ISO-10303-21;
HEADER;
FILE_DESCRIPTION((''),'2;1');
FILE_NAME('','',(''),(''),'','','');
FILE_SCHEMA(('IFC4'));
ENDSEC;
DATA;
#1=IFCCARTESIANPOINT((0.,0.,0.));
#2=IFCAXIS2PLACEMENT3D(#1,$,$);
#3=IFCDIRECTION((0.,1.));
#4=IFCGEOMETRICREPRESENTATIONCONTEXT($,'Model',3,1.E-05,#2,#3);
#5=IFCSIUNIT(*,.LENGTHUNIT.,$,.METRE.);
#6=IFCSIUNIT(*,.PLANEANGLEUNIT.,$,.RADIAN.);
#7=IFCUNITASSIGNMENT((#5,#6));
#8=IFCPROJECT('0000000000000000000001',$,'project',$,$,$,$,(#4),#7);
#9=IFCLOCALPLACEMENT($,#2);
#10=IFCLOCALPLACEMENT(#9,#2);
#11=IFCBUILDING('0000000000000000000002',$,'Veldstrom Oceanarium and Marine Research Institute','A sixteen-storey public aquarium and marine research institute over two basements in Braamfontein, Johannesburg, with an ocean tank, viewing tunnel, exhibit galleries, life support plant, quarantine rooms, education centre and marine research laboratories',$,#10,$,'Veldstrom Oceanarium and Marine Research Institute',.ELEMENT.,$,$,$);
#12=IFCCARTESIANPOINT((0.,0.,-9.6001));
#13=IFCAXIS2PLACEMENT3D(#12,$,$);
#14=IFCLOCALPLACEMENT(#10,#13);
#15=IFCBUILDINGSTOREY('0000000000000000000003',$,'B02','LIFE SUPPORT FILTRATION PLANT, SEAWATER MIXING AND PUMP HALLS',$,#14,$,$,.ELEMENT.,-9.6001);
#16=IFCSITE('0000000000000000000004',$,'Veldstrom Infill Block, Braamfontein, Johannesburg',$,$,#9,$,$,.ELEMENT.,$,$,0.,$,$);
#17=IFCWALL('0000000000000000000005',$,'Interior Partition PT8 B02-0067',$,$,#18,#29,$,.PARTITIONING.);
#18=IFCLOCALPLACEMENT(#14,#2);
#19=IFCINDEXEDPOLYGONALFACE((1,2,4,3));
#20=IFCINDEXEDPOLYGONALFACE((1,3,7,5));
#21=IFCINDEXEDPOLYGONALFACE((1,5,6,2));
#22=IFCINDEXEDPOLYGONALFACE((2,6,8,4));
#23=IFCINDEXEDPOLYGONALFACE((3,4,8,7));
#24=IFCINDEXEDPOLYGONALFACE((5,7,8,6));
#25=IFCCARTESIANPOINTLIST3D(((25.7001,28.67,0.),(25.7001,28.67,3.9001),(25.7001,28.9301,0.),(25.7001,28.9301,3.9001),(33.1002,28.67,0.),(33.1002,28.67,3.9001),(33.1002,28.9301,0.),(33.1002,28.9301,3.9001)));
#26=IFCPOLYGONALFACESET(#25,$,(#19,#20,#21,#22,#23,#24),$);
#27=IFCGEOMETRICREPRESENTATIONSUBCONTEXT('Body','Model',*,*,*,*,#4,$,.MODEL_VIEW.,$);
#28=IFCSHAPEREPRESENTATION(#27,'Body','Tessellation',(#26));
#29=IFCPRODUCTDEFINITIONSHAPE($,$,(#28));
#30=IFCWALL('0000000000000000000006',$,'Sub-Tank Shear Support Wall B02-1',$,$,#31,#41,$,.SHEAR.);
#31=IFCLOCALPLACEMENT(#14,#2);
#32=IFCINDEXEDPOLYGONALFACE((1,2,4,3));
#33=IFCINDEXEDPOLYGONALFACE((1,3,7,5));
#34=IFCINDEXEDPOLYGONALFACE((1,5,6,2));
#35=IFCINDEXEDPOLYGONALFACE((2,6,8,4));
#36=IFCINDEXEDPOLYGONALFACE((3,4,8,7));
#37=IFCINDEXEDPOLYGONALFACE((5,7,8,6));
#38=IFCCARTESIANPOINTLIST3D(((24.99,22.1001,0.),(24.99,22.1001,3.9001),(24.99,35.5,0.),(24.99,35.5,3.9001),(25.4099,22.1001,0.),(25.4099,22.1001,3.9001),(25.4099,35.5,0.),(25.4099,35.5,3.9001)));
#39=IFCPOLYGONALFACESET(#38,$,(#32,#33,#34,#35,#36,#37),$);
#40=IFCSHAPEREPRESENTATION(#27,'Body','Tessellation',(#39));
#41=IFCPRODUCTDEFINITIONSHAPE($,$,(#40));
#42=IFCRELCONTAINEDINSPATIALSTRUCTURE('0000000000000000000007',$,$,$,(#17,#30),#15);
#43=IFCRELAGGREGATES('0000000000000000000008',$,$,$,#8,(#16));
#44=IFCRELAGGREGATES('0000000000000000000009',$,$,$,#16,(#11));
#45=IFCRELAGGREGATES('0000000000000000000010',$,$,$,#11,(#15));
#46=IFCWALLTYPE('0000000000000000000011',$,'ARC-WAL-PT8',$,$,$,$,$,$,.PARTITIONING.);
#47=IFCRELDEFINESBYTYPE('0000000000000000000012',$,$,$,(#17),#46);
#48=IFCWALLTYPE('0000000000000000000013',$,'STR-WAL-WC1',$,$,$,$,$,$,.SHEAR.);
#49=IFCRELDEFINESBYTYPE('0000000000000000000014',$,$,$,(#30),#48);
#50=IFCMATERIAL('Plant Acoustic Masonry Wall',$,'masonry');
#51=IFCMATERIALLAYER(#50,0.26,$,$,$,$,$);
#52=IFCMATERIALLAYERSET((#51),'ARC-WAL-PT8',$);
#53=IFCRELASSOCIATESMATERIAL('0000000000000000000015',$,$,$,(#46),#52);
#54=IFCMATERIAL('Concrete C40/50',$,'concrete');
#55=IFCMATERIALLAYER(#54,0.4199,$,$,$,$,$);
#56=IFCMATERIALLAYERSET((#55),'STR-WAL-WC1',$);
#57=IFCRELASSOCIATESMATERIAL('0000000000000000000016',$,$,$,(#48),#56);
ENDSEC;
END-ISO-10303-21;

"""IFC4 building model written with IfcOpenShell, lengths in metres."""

from ifc_helpers import new_model, si_unit, direction, frame, frame_2d, origin, place, context, subcontext, project, spatial, rectangle, extrude, material, layer, layer_set, type_object, element, save


model = new_model("IFC4")

# Units and contexts
model_context = context("Model", 3, precision=1e-05, world=origin(), true_north=direction((0.0, 1.0)))
body_context = subcontext(model_context, "Body", "Model", "MODEL_VIEW")
ifc_project = project(units=[si_unit("LENGTHUNIT", "METRE"), si_unit("PLANEANGLEUNIT", "RADIAN")], contexts=[model_context])

# Site, building, storey
site_placement = place(None, origin())
site = spatial("IfcSite", under=ifc_project, at=site_placement, Name="Veldstrom Infill Block, Braamfontein, Johannesburg", CompositionType="ELEMENT", RefElevation=0.0)
building_placement = place(site_placement, origin())
building = spatial("IfcBuilding", under=site, at=building_placement, Name="Veldstrom Oceanarium and Marine Research Institute", Description="A sixteen-storey public aquarium and marine research institute over two basements in Braamfontein, Johannesburg, with an ocean tank, viewing tunnel, exhibit galleries, life support plant, quarantine rooms, education centre and marine research laboratories", LongName="Veldstrom Oceanarium and Marine Research Institute", CompositionType="ELEMENT")
storey_placement = place(building_placement, frame((0.0, 0.0, -9.6001)))
storey = spatial("IfcBuildingStorey", under=building, at=storey_placement, Name="B02", Description="LIFE SUPPORT FILTRATION PLANT, SEAWATER MIXING AND PUMP HALLS", CompositionType="ELEMENT", Elevation=-9.6001)

# Shared definitions
ifc_material_1 = material(Name="Plant Acoustic Masonry Wall", Category="masonry")
ifc_layer_1 = layer(ifc_material_1, 0.26)
ifc_layer_set_1 = layer_set([ifc_layer_1], Name="ARC-WAL-PT8")
wall_type_1 = type_object("IfcWallType", Name="ARC-WAL-PT8", PredefinedType="PARTITIONING", material=ifc_layer_set_1)

# Walls
wall_1_placement = place(storey_placement, frame((25.7, 28.8, 0.0), z_axis=(0.0, 0.0, 1.0), x_axis=(1.0, 0.0, 0.0)))
element("IfcWall", 1, at=wall_1_placement, inside=storey, type_object=wall_type_1, Name="Interior Partition PT8 B02-0067", PredefinedType="PARTITIONING", context=body_context, shape_type="SweptSolid", body=[
    extrude(rectangle(XDim=7.4001, YDim=0.26, at=frame_2d((3.7002, 0.0))), origin(), (0.0, 0.0, 1.0), 3.9001),
])
ifc_material_2 = material(Name="Concrete C40/50", Category="concrete")
ifc_layer_2 = layer(ifc_material_2, 0.4199)
ifc_layer_set_2 = layer_set([ifc_layer_2], Name="STR-WAL-WC1")
wall_type_2 = type_object("IfcWallType", Name="STR-WAL-WC1", PredefinedType="SHEAR", material=ifc_layer_set_2)
wall_2_placement = place(storey_placement, frame((25.2, 22.1001, 0.0), z_axis=(0.0, 0.0, 1.0), x_axis=(0.0, 1.0, 0.0)))
element("IfcWall", 2, at=wall_2_placement, inside=storey, type_object=wall_type_2, Name="Sub-Tank Shear Support Wall B02-1", PredefinedType="SHEAR", context=body_context, shape_type="SweptSolid", body=[
    extrude(rectangle(XDim=13.3999, YDim=0.4199, at=frame_2d((6.7, 0.0))), origin(), (0.0, 0.0, 1.0), 3.9001),
])

save(model, "model.ifc")
